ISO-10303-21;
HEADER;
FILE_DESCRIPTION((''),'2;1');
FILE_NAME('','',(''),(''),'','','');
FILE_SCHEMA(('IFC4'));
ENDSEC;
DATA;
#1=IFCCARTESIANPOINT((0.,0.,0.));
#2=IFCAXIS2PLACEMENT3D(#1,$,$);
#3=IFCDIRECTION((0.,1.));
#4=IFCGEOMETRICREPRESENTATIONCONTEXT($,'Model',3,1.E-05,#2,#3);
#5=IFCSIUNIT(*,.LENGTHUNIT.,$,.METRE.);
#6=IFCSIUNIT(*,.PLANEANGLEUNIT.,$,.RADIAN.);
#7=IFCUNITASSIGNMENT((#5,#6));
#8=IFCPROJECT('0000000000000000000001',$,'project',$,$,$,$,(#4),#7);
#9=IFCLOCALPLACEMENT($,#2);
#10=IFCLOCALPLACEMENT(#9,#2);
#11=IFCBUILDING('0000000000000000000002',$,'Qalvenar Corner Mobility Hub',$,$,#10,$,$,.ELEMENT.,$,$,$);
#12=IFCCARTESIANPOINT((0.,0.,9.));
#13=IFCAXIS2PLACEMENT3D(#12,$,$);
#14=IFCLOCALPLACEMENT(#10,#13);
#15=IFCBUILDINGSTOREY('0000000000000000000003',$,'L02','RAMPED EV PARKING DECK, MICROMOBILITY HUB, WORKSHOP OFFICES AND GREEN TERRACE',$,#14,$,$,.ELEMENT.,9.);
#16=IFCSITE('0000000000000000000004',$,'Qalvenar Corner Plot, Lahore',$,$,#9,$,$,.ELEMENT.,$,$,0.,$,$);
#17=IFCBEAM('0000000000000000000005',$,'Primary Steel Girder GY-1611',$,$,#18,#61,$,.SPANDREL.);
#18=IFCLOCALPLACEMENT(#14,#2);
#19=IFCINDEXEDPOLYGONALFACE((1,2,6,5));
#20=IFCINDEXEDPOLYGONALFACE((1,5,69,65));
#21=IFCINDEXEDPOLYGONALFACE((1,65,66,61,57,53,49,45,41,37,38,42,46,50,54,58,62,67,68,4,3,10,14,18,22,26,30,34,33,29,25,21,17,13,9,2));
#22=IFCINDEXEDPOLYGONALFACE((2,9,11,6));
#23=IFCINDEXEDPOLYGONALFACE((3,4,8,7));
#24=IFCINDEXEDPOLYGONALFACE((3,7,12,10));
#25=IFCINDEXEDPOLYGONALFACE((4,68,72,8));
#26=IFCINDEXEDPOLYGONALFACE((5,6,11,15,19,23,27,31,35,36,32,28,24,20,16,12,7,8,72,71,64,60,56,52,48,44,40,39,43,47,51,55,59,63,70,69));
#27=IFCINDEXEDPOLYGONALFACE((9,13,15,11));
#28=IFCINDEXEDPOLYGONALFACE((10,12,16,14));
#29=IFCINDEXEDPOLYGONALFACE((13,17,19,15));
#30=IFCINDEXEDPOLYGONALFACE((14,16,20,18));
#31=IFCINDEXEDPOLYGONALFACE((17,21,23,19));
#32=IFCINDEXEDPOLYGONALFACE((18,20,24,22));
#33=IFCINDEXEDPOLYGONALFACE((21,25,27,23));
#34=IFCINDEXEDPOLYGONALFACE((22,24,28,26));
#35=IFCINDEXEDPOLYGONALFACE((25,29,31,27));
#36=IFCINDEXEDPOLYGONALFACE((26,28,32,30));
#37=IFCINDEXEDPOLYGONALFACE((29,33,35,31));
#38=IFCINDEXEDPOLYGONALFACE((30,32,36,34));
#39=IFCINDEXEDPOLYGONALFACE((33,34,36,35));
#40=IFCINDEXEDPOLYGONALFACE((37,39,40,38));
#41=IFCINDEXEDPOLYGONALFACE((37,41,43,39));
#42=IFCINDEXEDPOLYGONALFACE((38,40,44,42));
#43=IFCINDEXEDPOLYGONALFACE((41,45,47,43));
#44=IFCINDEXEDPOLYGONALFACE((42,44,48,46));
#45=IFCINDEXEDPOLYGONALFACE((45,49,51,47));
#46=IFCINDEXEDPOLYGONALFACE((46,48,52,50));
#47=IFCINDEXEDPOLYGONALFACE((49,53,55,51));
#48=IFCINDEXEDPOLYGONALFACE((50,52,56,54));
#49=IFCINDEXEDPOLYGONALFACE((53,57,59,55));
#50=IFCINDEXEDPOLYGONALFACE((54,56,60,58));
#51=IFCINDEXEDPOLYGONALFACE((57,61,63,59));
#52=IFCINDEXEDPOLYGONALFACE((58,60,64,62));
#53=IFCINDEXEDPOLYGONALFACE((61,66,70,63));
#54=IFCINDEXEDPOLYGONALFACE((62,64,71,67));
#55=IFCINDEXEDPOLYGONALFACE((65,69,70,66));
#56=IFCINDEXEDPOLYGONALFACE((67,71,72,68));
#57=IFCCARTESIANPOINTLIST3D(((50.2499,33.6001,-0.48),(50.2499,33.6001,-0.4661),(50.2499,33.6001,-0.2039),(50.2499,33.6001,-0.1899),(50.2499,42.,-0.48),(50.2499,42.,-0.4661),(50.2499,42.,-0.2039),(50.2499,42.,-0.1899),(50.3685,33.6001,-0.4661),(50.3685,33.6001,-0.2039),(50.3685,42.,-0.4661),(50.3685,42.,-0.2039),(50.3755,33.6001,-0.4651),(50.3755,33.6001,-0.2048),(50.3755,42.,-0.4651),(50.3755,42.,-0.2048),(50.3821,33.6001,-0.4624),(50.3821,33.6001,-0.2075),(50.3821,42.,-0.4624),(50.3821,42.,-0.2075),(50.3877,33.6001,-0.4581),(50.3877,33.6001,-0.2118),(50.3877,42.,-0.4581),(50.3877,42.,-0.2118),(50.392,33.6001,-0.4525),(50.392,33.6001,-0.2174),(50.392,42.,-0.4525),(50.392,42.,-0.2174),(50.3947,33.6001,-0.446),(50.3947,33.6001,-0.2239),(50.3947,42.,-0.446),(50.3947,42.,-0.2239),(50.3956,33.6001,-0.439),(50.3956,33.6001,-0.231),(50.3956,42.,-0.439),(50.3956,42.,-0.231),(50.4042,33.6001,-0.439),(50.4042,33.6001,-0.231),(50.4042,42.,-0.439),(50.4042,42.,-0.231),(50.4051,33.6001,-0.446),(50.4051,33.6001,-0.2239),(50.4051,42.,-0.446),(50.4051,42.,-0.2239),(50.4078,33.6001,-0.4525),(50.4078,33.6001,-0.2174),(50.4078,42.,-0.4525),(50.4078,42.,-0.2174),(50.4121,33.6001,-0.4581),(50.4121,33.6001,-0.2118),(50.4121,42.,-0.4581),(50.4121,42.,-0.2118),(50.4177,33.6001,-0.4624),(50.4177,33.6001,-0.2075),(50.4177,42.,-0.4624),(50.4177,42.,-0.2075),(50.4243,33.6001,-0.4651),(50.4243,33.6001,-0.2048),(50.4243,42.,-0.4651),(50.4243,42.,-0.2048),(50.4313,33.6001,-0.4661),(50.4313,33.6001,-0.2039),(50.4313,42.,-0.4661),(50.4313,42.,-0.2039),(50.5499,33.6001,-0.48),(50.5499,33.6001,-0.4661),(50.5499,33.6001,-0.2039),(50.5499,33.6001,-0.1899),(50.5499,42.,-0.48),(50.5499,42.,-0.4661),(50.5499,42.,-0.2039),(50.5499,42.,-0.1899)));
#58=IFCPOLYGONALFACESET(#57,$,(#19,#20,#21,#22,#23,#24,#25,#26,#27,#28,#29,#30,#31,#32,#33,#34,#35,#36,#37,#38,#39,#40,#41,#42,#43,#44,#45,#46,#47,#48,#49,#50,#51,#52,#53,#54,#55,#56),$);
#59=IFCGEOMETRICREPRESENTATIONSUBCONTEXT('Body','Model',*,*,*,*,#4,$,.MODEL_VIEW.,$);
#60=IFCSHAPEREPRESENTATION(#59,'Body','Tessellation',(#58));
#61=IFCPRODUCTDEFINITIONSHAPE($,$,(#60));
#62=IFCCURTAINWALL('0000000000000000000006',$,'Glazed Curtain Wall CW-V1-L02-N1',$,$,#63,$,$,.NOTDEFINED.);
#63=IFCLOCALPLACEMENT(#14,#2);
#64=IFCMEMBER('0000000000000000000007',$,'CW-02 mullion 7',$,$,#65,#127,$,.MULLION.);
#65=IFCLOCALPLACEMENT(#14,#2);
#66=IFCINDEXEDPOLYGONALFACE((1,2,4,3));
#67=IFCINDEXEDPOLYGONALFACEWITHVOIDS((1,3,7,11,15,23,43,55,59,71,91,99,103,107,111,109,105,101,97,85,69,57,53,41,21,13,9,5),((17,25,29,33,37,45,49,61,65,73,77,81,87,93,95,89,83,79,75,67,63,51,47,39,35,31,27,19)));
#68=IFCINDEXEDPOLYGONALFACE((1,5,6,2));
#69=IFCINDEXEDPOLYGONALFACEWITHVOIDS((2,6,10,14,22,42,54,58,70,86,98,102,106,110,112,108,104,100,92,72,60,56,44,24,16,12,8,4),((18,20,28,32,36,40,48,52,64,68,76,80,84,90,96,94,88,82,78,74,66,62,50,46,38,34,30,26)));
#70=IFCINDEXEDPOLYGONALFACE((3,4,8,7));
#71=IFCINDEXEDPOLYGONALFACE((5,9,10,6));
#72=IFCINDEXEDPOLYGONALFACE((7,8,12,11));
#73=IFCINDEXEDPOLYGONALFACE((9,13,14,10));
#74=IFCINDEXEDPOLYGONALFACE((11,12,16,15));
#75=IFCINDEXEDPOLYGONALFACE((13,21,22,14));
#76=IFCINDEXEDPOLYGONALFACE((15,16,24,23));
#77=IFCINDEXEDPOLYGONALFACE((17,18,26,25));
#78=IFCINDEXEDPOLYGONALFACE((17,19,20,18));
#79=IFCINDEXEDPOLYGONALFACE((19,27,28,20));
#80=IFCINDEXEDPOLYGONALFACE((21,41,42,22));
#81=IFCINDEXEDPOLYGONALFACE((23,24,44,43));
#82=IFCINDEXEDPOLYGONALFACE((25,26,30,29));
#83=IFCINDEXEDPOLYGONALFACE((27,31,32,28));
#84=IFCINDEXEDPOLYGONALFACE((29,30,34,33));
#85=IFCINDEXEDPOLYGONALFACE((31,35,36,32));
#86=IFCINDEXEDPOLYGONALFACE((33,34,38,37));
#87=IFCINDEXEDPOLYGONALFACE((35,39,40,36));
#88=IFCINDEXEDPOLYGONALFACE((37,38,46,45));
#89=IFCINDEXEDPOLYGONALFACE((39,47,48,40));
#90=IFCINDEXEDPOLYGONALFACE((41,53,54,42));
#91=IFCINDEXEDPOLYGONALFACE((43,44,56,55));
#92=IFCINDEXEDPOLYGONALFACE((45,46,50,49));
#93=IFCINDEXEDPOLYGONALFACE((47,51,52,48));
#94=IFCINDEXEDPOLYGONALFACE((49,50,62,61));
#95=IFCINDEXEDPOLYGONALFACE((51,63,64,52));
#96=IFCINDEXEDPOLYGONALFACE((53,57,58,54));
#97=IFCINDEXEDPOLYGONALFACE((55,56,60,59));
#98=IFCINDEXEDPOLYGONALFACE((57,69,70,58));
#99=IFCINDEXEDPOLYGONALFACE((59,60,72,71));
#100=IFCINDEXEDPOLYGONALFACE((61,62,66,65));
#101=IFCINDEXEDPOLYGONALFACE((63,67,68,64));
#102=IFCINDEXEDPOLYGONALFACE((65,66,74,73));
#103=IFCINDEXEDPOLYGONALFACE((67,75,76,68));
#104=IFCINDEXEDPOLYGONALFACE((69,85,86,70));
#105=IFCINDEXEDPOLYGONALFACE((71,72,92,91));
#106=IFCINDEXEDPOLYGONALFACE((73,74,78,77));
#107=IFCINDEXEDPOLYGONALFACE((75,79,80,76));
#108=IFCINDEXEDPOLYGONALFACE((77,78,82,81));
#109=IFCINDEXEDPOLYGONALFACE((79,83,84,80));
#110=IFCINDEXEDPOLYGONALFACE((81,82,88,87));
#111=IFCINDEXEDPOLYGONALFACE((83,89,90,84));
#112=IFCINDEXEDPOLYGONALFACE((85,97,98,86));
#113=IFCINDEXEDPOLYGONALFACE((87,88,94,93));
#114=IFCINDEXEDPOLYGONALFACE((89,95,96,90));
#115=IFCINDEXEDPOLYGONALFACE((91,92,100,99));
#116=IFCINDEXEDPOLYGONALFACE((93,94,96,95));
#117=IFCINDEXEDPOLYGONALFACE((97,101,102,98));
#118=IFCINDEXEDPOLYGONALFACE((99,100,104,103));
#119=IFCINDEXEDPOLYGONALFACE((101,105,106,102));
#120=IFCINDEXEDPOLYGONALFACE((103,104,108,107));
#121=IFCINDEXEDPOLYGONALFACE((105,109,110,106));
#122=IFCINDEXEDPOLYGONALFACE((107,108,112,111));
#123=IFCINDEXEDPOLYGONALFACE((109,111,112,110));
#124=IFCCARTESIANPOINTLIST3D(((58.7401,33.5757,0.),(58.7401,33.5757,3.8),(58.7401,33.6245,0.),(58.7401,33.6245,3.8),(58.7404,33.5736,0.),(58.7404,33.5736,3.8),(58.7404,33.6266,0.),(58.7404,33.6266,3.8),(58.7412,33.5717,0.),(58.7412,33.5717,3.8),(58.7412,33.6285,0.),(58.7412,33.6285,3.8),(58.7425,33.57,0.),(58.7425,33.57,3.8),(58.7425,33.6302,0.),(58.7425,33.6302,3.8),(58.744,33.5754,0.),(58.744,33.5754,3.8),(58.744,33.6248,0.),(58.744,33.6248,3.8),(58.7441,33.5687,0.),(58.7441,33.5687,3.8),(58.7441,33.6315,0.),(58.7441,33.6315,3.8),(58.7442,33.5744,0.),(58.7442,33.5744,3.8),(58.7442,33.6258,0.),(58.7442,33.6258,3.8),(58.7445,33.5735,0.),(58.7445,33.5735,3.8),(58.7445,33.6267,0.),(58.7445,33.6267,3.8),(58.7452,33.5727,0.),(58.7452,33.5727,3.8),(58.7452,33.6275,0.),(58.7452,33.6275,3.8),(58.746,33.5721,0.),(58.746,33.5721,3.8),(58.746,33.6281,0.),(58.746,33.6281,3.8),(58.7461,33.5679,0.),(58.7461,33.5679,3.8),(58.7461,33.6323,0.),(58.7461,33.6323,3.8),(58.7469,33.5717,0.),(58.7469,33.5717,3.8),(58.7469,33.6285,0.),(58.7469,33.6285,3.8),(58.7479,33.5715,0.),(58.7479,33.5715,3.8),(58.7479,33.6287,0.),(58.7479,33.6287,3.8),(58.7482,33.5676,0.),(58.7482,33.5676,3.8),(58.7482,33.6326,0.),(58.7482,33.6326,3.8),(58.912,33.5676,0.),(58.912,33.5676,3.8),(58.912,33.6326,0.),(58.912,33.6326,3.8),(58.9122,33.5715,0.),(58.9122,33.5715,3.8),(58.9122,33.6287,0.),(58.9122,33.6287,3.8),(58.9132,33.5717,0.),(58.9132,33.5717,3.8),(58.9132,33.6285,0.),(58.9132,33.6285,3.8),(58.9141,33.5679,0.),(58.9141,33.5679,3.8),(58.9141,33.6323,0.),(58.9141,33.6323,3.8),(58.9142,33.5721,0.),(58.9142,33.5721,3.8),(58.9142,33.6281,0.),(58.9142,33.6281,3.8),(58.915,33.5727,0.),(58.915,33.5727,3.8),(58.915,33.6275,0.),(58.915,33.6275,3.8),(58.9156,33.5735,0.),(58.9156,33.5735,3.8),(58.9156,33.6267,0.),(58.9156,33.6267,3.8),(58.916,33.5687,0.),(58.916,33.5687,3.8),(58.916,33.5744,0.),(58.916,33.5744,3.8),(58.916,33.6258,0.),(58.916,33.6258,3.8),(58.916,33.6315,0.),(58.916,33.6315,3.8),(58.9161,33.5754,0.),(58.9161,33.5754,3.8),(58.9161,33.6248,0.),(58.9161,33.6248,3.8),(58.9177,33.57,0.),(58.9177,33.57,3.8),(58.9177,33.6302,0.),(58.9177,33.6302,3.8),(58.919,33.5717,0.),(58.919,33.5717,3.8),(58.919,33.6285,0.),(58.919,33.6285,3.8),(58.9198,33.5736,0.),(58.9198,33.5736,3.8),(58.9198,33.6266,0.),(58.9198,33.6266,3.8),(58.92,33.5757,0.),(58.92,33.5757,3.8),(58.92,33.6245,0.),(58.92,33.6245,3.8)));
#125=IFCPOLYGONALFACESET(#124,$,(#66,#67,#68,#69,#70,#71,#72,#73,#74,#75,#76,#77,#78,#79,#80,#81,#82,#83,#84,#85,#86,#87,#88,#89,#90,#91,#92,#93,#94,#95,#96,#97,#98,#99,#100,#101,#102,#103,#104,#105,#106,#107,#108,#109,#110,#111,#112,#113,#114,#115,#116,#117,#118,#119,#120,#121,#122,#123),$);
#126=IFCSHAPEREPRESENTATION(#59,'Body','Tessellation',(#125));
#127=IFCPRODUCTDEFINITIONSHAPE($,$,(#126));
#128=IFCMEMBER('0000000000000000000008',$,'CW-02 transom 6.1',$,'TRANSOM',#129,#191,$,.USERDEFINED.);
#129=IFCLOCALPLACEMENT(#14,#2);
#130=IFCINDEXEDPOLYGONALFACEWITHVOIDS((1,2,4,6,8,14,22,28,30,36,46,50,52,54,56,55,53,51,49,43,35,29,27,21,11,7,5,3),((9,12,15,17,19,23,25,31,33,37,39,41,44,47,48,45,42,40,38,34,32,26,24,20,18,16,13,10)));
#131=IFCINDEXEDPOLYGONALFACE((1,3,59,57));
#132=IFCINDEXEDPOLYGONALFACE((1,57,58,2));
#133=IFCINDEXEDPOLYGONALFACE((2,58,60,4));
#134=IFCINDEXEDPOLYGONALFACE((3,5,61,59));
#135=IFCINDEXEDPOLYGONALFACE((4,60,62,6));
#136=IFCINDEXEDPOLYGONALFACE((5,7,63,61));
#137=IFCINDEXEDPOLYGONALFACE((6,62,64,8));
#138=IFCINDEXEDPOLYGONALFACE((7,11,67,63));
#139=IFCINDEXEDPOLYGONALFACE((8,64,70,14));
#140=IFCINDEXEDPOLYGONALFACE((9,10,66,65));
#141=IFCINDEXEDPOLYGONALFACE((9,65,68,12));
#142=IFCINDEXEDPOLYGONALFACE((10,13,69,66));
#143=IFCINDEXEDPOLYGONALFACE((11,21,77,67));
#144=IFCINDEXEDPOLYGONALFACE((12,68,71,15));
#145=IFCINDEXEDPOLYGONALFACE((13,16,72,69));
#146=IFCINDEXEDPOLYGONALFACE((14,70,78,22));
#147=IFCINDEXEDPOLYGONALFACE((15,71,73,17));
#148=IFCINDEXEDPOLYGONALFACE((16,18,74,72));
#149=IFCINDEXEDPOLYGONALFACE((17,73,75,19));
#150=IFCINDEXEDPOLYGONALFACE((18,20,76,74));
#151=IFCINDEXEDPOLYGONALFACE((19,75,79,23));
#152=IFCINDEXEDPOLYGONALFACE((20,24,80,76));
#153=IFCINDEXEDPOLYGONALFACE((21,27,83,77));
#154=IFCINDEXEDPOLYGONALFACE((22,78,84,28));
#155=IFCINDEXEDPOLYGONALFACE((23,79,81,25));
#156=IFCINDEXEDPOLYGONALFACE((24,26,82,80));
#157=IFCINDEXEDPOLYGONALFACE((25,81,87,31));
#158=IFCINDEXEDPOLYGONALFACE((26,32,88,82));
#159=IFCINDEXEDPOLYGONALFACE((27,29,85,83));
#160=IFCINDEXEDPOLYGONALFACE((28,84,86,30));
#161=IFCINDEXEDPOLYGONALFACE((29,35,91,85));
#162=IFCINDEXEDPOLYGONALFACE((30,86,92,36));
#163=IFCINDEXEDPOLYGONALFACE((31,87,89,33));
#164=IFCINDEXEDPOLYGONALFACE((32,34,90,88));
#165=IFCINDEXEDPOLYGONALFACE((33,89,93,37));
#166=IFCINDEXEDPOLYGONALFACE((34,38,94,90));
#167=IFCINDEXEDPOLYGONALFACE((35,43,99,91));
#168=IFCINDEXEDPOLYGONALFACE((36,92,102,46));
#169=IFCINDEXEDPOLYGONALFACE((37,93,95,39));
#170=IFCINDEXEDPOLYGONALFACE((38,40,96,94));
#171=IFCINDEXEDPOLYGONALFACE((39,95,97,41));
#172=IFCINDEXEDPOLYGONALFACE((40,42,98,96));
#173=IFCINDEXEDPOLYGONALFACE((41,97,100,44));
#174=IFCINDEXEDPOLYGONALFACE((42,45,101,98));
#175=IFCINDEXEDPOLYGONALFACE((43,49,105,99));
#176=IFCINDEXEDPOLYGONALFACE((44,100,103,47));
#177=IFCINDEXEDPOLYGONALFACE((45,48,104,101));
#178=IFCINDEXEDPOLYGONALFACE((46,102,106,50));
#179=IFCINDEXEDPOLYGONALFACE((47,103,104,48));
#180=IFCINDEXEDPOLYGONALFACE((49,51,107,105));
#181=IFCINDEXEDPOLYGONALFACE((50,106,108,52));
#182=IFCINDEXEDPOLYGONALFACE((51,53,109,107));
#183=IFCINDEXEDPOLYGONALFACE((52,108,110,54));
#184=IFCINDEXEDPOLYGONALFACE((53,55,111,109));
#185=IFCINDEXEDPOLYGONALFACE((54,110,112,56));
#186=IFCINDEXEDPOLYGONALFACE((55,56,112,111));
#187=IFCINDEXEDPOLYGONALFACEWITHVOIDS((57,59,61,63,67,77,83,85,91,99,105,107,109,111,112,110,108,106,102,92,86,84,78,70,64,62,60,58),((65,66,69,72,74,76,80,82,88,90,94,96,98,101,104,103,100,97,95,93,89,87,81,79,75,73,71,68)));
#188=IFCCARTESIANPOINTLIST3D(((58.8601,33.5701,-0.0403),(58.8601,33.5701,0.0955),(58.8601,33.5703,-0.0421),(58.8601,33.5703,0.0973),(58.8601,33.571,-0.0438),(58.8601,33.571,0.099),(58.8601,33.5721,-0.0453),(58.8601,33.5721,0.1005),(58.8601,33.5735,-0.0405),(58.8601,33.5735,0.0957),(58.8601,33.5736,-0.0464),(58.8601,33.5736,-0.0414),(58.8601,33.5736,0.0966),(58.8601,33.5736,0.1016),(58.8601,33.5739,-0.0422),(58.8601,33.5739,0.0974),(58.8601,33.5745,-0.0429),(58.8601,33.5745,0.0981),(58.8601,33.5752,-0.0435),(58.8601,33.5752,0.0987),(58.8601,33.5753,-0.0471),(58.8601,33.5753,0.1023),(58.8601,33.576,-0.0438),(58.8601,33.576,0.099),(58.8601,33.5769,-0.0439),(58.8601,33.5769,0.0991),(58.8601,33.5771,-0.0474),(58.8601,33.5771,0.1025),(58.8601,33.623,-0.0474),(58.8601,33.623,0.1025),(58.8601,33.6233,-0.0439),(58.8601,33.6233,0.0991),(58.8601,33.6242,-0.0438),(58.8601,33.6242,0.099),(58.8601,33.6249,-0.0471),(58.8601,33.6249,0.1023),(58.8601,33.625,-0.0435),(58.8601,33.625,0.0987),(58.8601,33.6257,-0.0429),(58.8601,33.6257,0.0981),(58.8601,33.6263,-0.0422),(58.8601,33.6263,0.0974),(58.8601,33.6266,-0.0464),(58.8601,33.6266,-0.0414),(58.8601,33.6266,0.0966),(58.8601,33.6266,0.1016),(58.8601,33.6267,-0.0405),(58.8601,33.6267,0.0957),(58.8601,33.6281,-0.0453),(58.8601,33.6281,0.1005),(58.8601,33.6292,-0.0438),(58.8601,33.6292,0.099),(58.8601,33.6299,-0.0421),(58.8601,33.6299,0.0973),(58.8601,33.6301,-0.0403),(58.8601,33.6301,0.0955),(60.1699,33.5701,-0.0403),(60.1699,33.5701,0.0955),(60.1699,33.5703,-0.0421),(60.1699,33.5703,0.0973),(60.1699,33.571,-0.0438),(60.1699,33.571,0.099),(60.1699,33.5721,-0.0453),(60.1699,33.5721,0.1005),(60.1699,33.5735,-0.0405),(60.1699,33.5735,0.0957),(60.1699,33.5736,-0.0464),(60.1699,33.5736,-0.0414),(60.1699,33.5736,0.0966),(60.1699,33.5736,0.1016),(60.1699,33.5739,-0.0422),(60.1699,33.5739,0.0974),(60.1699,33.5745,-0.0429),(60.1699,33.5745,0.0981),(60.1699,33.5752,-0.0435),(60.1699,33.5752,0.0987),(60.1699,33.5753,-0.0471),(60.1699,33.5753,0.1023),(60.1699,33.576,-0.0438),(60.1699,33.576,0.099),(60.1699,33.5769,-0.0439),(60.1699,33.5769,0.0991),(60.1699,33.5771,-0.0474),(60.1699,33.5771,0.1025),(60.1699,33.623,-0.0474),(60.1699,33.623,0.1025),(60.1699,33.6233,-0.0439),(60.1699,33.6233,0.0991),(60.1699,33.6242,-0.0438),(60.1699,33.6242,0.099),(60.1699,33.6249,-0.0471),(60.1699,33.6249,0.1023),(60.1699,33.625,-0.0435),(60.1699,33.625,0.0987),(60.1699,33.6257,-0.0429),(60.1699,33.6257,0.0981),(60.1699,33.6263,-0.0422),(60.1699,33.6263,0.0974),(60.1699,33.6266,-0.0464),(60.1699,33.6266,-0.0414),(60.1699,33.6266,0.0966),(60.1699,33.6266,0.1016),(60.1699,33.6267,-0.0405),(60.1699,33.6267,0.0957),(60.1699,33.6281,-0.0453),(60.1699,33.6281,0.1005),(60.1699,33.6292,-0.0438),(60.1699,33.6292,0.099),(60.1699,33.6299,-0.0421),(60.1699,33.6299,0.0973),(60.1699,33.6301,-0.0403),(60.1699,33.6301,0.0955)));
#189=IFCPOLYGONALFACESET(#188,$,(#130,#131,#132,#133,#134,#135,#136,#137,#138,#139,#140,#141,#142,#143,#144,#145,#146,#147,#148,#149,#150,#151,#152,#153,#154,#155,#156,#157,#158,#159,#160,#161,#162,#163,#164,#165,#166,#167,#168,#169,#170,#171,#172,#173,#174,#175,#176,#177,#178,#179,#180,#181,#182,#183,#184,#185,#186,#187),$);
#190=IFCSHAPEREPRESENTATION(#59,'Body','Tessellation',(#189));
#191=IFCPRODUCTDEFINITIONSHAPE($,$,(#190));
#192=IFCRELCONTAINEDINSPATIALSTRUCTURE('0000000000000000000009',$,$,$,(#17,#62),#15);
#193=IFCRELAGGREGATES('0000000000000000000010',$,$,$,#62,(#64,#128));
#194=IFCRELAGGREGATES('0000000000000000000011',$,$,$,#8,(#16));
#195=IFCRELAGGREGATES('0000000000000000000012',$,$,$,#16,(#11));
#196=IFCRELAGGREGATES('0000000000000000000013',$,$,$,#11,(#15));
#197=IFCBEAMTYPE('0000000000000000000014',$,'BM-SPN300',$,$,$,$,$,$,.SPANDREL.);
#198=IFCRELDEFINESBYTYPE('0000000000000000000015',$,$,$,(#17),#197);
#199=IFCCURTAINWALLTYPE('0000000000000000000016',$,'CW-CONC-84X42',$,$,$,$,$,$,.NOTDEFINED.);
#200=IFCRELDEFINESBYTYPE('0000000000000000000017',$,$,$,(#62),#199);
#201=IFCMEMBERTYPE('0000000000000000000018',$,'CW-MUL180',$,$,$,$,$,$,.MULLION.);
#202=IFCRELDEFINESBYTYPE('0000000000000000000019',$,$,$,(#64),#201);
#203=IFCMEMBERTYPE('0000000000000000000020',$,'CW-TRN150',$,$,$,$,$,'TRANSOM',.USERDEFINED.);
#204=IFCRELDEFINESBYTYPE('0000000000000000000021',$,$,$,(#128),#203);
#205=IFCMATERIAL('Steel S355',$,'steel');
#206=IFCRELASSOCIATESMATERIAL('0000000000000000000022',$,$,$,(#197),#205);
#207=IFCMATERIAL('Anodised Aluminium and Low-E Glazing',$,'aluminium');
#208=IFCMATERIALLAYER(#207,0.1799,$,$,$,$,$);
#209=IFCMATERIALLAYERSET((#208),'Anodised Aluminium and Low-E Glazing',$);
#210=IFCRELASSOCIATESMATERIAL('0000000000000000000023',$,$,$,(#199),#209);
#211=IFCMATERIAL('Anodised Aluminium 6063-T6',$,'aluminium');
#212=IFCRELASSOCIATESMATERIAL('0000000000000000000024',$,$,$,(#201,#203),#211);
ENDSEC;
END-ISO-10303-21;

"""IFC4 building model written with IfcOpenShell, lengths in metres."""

from ifc_helpers import new_model, si_unit, direction, frame, origin, origin_2d, place, context, subcontext, project, spatial, hollow_rectangle, i_section, extrude, material, layer, layer_set, material_profile, profile_set, type_object, element, aggregate, save


model = new_model("IFC4")

# Units and contexts
model_context = context("Model", 3, precision=1e-05, world=origin(), true_north=direction((0.0, 1.0)))
body_context = subcontext(model_context, "Body", "Model", "MODEL_VIEW")
ifc_project = project(units=[si_unit("LENGTHUNIT", "METRE"), si_unit("PLANEANGLEUNIT", "RADIAN")], contexts=[model_context])

# Site, building, storey
site_placement = place(None, origin())
site = spatial("IfcSite", under=ifc_project, at=site_placement, Name="Qalvenar Corner Plot, Lahore", CompositionType="ELEMENT", RefElevation=0.0)
building_placement = place(site_placement, origin())
building = spatial("IfcBuilding", under=site, at=building_placement, Name="Qalvenar Corner Mobility Hub", CompositionType="ELEMENT")
storey_placement = place(building_placement, frame((0.0, 0.0, 9.0)))
storey = spatial("IfcBuildingStorey", under=building, at=storey_placement, Name="L02", Description="RAMPED EV PARKING DECK, MICROMOBILITY HUB, WORKSHOP OFFICES AND GREEN TERRACE", CompositionType="ELEMENT", Elevation=9.0)

# Shared definitions
ifc_material_1 = material(Name="Steel S355", Category="steel")

# Beam
ifc_material_profile_1 = material_profile(ifc_material_1, i_section(OverallWidth=0.3, OverallDepth=0.29, WebThickness=0.0085, FlangeThickness=0.0139, FilletRadius=0.0271, at=origin_2d()), Name="HEA300")
ifc_profile_set_1 = profile_set([ifc_material_profile_1], Name="Steel S355")
beam_type_1 = type_object("IfcBeamType", Name="BM-SPN300", PredefinedType="SPANDREL", material=ifc_profile_set_1)
beam_1_placement = place(storey_placement, frame((50.3999, 33.6001, -0.335), z_axis=(0.0, 1.0, 0.0), x_axis=(-1.0, 0.0, 0.0)))
element("IfcBeam", 1, at=beam_1_placement, inside=storey, type_object=beam_type_1, Name="Primary Steel Girder GY-1611", PredefinedType="SPANDREL", context=body_context, shape_type="SweptSolid", body=[
    extrude(i_section(OverallWidth=0.3, OverallDepth=0.29, WebThickness=0.0085, FlangeThickness=0.0139, FilletRadius=0.0271, at=origin_2d()), origin(), (0.0, 0.0, 1.0), 8.3999),
])

# Curtain wall, members
ifc_material_2 = material(Name="Anodised Aluminium and Low-E Glazing", Category="aluminium")
ifc_layer_1 = layer(ifc_material_2, 0.1799)
ifc_layer_set_1 = layer_set([ifc_layer_1], Name="Anodised Aluminium and Low-E Glazing")
curtain_wall_type = type_object("IfcCurtainWallType", Name="CW-CONC-84X42", PredefinedType="NOTDEFINED", material=ifc_layer_set_1)
curtain_wall_placement = place(storey_placement, origin())
curtain_wall = element("IfcCurtainWall", 2, at=curtain_wall_placement, inside=storey, type_object=curtain_wall_type, Name="Glazed Curtain Wall CW-V1-L02-N1", PredefinedType="NOTDEFINED")
ifc_material_3 = material(Name="Anodised Aluminium 6063-T6", Category="aluminium")
ifc_material_profile_2 = material_profile(ifc_material_3, hollow_rectangle(XDim=0.0649, YDim=0.1799, WallThickness=0.0039, InnerFilletRadius=0.0039, OuterFilletRadius=0.0081, at=origin_2d()), Name="RHS180x65x4")
ifc_profile_set_2 = profile_set([ifc_material_profile_2], Name="Anodised Aluminium 6063-T6")
member_type_1 = type_object("IfcMemberType", Name="CW-MUL180", PredefinedType="MULLION", material=ifc_profile_set_2)
member_1_placement = place(storey_placement, frame((58.8301, 33.6001, 0.0), z_axis=(0.0, 0.0, 1.0), x_axis=(0.0, -1.0, 0.0)))
member_1 = element("IfcMember", 3, at=member_1_placement, type_object=member_type_1, Name="CW-02 mullion 7", PredefinedType="MULLION", context=body_context, shape_type="SweptSolid", body=[
    extrude(hollow_rectangle(XDim=0.0649, YDim=0.1799, WallThickness=0.0039, InnerFilletRadius=0.0039, OuterFilletRadius=0.0081, at=origin_2d()), origin(), (0.0, 0.0, 1.0), 3.8),
])
ifc_material_profile_3 = material_profile(ifc_material_3, hollow_rectangle(XDim=0.0601, YDim=0.1499, WallThickness=0.0034, InnerFilletRadius=0.0034, OuterFilletRadius=0.0071, at=origin_2d()), Name="RHS150x60x3.5")
ifc_profile_set_3 = profile_set([ifc_material_profile_3], Name="Anodised Aluminium 6063-T6")
member_type_2 = type_object("IfcMemberType", Name="CW-TRN150", ElementType="TRANSOM", PredefinedType="USERDEFINED", material=ifc_profile_set_3)
member_2_placement = place(storey_placement, frame((60.1699, 33.6001, 0.0276), z_axis=(-1.0, 0.0, 0.0), x_axis=(0.0, -1.0, 0.0)))
member_2 = element("IfcMember", 4, at=member_2_placement, type_object=member_type_2, Name="CW-02 transom 6.1", ObjectType="TRANSOM", PredefinedType="USERDEFINED", context=body_context, shape_type="SweptSolid", body=[
    extrude(hollow_rectangle(XDim=0.0601, YDim=0.1499, WallThickness=0.0034, InnerFilletRadius=0.0034, OuterFilletRadius=0.0071, at=origin_2d()), origin(), (0.0, 0.0, 1.0), 1.3098),
])

aggregate(curtain_wall, [member_1, member_2])

save(model, "model.ifc")
